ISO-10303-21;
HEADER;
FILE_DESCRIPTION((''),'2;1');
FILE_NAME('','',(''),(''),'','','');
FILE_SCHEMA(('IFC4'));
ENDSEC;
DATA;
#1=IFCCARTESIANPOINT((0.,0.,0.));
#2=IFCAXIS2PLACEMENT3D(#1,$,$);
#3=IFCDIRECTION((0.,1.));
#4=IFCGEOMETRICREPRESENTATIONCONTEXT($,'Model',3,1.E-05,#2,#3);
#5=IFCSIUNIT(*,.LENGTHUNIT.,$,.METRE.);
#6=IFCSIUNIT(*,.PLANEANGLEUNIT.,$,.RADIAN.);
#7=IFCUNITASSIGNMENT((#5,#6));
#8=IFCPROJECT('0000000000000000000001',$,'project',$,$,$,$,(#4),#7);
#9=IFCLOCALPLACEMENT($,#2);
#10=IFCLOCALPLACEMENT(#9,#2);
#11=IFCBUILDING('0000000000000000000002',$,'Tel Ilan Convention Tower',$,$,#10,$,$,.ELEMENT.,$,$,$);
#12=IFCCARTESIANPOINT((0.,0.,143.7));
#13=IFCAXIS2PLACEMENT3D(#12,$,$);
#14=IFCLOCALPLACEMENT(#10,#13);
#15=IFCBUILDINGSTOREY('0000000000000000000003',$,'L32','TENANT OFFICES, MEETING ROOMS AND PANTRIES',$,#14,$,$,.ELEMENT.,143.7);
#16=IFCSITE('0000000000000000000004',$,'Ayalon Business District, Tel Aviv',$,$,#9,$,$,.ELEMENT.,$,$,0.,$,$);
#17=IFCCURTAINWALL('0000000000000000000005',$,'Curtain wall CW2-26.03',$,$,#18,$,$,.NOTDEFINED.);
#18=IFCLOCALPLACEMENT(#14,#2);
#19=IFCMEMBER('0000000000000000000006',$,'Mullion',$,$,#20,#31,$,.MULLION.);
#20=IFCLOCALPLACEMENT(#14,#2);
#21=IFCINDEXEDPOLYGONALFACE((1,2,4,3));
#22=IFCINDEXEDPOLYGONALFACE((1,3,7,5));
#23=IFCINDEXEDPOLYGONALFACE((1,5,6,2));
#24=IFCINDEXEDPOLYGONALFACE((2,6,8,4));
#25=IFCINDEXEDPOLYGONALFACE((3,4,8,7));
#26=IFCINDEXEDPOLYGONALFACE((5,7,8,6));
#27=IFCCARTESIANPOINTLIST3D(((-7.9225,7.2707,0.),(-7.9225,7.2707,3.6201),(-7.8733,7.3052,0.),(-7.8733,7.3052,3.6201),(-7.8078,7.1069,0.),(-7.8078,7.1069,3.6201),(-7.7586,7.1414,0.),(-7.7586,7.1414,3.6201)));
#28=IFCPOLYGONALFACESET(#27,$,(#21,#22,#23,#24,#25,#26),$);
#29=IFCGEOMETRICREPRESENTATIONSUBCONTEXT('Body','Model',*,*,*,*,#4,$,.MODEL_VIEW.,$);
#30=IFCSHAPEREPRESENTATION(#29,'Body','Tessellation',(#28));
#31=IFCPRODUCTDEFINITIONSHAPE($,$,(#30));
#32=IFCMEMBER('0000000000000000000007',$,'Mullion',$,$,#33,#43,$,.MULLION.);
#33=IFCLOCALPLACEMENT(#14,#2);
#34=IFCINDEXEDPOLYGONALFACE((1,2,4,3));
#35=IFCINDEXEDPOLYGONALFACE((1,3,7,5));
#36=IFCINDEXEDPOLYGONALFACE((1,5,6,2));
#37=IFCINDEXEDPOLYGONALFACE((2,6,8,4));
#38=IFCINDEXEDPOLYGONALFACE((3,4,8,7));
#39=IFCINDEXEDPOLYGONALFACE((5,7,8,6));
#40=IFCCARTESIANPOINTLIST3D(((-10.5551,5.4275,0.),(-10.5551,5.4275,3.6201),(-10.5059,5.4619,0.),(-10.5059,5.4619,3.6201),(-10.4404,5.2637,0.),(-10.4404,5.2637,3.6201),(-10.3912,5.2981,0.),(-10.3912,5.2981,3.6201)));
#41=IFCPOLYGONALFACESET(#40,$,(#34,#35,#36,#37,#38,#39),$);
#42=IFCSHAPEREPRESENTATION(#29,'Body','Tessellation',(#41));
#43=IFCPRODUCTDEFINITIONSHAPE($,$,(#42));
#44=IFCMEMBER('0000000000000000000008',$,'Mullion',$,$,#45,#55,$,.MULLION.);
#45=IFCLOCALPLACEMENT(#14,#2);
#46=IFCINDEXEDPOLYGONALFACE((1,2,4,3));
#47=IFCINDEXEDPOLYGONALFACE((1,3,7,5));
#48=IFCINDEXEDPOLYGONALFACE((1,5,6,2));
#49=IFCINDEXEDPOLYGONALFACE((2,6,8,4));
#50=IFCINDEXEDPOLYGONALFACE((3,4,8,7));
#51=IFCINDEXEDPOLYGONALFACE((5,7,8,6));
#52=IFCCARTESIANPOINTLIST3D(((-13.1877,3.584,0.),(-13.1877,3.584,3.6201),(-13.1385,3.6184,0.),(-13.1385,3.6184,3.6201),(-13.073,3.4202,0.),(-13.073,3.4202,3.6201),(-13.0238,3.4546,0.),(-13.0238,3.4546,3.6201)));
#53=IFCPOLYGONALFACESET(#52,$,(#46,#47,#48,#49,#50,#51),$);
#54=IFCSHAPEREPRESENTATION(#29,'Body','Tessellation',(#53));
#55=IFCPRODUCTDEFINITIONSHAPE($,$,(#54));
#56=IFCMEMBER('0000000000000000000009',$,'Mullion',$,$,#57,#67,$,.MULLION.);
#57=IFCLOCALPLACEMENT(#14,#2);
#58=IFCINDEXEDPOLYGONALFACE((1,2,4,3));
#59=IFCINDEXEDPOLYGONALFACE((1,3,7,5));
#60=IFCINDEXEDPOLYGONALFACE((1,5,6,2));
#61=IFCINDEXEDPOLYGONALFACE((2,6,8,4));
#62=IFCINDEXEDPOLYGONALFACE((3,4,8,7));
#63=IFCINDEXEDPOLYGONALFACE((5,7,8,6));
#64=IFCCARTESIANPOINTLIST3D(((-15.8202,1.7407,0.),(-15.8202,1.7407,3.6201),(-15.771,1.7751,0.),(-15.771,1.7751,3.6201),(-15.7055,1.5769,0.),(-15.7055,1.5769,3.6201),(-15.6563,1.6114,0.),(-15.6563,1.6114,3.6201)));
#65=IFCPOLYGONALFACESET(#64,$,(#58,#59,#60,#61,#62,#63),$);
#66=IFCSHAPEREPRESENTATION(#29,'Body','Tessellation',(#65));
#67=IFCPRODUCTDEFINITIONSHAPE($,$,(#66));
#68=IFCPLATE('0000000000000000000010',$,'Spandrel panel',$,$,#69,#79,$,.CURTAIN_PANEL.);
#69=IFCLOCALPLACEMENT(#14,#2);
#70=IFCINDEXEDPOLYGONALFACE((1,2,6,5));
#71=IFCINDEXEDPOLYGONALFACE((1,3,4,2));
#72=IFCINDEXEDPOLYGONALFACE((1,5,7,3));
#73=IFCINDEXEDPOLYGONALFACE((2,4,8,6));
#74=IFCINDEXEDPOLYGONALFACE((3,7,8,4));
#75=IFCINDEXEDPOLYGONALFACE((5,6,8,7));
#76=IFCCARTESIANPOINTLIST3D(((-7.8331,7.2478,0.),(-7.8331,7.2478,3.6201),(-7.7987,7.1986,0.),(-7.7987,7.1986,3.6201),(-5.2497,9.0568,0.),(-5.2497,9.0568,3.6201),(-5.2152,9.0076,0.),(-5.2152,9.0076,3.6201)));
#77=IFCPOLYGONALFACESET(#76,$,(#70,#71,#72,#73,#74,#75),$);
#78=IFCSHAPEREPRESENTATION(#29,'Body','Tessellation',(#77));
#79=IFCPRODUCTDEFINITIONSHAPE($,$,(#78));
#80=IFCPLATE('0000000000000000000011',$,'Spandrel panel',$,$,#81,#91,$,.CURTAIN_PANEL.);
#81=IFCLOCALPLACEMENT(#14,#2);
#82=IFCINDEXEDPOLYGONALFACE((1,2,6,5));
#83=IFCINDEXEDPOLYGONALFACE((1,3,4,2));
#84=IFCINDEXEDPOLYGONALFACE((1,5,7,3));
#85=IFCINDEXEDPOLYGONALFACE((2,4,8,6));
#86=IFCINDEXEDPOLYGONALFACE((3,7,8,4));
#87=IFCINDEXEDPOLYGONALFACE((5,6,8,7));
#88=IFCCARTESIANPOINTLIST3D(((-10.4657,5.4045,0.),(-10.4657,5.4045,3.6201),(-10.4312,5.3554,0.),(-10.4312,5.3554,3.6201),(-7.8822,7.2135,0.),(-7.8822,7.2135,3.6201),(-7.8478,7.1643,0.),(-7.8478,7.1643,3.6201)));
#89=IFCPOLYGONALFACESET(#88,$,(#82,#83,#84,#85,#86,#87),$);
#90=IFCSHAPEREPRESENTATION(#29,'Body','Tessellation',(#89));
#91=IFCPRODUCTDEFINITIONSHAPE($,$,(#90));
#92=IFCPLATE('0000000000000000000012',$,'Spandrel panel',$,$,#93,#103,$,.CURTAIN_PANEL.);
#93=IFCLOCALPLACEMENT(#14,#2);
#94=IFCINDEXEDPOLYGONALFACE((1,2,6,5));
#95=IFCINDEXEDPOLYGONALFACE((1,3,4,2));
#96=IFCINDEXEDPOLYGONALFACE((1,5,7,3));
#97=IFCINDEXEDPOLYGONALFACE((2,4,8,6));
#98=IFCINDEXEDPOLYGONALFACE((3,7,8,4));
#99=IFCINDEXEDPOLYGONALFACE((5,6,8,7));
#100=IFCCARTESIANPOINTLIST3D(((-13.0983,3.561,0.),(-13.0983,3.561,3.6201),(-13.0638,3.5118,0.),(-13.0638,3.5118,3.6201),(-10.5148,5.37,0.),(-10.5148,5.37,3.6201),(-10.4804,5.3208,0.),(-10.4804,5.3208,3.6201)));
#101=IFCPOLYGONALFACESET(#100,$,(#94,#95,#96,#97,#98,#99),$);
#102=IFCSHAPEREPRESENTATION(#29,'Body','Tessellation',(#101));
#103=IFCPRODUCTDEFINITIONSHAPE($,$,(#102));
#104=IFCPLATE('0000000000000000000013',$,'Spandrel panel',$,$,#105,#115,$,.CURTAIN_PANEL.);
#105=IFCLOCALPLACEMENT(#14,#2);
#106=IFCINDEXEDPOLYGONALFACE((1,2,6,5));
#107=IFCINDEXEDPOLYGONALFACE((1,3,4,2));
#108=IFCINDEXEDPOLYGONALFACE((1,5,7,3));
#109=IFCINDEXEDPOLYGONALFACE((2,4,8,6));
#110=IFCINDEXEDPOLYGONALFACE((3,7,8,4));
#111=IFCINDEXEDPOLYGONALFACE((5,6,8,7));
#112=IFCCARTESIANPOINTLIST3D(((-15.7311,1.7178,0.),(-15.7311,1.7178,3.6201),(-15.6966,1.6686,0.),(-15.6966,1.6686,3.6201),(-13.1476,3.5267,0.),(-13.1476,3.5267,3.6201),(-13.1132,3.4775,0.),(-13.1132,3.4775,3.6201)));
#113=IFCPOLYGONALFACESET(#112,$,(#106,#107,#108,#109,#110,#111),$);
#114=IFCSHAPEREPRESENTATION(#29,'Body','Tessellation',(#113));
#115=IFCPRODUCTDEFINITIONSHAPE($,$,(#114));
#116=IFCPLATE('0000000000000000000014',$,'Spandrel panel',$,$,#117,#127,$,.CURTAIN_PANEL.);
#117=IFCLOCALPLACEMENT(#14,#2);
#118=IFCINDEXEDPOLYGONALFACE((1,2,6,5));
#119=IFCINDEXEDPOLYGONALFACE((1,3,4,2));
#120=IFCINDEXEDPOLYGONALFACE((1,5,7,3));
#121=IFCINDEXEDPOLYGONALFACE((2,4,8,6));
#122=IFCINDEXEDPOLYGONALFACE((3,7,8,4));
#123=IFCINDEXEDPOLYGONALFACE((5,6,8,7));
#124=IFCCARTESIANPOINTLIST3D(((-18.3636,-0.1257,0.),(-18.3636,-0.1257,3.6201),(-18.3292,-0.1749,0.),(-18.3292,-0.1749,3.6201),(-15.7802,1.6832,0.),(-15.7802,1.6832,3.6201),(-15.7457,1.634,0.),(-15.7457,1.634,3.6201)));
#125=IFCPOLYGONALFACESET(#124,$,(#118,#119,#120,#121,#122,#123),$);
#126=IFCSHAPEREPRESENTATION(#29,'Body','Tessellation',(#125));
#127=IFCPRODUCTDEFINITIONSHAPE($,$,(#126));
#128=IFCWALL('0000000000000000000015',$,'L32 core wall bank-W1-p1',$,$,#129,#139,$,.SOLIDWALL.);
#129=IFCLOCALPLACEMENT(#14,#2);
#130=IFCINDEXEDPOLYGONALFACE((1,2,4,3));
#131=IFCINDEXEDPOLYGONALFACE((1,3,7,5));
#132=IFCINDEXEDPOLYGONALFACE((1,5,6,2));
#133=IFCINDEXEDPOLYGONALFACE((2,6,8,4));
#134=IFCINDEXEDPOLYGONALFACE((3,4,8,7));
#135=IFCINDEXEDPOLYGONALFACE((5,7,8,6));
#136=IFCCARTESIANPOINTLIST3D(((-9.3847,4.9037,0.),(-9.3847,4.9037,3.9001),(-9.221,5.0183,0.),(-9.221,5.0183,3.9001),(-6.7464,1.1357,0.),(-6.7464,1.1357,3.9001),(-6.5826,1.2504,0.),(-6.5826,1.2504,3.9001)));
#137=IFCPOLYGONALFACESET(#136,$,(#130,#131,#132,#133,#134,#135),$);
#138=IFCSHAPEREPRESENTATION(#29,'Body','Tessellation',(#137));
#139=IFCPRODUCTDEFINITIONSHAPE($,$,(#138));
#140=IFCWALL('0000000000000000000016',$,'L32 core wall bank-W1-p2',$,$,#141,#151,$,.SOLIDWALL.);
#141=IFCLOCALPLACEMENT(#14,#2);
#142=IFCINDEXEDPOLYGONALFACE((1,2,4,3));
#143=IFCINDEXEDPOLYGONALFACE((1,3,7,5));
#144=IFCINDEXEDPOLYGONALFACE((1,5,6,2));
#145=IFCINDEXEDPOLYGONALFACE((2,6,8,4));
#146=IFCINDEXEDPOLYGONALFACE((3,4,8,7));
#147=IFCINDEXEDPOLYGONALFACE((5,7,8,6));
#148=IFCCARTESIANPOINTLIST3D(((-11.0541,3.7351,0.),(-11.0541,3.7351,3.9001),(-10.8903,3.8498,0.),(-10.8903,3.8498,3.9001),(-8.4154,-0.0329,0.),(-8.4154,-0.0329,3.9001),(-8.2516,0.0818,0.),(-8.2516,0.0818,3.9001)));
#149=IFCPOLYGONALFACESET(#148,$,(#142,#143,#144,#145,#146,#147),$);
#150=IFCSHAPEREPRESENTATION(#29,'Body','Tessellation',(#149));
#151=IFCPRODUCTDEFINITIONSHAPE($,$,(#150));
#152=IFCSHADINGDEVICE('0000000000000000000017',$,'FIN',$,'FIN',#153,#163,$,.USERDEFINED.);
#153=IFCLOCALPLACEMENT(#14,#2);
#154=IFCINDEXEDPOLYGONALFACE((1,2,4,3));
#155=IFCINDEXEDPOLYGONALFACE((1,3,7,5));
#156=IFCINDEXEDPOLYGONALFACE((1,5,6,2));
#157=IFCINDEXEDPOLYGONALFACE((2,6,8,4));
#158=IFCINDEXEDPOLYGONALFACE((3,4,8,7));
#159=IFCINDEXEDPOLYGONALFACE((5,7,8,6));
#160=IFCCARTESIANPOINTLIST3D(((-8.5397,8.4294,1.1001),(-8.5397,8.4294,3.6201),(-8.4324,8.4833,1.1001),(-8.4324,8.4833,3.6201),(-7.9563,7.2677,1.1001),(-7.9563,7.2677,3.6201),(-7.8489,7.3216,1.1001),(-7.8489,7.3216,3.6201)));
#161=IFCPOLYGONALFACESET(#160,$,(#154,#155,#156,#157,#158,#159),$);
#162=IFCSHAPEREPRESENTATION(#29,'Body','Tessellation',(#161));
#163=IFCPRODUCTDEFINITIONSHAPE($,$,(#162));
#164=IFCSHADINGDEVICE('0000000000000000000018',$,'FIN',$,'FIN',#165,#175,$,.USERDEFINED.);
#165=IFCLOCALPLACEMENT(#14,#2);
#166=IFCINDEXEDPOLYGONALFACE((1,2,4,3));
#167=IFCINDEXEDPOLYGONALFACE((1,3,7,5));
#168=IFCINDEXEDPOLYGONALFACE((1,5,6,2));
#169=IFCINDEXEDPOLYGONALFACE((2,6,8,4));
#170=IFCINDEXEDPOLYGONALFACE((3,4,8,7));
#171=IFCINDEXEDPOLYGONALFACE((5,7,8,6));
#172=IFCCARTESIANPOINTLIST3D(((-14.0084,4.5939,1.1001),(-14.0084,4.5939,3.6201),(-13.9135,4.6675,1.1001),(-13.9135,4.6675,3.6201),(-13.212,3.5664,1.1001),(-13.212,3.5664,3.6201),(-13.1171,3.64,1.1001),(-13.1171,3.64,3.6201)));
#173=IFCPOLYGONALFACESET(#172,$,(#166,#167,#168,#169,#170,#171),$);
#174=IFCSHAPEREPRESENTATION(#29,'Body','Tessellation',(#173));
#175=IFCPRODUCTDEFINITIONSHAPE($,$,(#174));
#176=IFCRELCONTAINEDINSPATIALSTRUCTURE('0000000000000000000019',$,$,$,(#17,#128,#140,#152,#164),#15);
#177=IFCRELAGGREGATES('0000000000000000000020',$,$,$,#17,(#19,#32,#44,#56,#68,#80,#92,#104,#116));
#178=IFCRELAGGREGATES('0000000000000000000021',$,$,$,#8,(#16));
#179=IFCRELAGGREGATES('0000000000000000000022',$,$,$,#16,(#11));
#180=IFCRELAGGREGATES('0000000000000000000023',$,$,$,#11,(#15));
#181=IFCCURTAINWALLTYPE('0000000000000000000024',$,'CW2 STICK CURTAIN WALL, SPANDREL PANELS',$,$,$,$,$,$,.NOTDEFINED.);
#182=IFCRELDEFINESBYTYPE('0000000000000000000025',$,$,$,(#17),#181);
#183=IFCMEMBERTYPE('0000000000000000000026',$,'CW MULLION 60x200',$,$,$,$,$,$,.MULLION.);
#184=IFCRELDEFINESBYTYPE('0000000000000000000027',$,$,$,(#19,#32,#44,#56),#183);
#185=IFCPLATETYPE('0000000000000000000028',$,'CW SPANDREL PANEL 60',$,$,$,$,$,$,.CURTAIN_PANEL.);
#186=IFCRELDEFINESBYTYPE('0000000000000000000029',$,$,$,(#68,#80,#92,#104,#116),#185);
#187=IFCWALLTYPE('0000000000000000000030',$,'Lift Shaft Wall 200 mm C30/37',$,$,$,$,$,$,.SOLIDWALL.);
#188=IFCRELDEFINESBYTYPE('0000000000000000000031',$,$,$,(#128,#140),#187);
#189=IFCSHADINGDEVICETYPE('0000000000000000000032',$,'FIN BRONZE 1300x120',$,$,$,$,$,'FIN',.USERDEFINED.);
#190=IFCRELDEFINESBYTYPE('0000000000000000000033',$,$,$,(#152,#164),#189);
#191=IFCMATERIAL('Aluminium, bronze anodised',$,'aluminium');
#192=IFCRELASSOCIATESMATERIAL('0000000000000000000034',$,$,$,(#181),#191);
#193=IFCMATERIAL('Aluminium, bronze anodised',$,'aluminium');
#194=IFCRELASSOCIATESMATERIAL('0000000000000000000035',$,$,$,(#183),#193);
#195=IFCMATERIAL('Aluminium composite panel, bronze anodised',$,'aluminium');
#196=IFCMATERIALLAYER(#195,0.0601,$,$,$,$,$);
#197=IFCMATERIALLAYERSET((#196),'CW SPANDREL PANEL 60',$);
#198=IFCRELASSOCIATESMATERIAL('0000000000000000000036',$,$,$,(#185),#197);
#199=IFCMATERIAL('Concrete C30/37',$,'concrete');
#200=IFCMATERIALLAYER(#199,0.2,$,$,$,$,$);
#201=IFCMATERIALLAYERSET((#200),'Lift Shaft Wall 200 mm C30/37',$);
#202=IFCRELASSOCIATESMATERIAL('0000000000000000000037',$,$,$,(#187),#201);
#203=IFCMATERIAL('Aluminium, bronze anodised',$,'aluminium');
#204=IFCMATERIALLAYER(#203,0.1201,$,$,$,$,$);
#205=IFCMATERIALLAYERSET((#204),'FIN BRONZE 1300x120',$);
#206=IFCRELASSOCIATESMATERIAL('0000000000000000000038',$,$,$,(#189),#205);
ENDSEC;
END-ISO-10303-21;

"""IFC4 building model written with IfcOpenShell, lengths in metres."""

from ifc_helpers import new_model, si_unit, direction, frame, frame_2d, origin, origin_2d, place, context, subcontext, project, spatial, rectangle, extrude, material, layer, layer_set, material_profile, profile_set, type_object, element, aggregate, save


model = new_model("IFC4")

# Units and contexts
model_context = context("Model", 3, precision=1e-05, world=origin(), true_north=direction((0.0, 1.0)))
body_context = subcontext(model_context, "Body", "Model", "MODEL_VIEW")
ifc_project = project(units=[si_unit("LENGTHUNIT", "METRE"), si_unit("PLANEANGLEUNIT", "RADIAN")], contexts=[model_context])

# Site, building, storey
site_placement = place(None, origin())
site = spatial("IfcSite", under=ifc_project, at=site_placement, Name="Ayalon Business District, Tel Aviv", CompositionType="ELEMENT", RefElevation=0.0)
building_placement = place(site_placement, origin())
building = spatial("IfcBuilding", under=site, at=building_placement, Name="Tel Ilan Convention Tower", CompositionType="ELEMENT")
storey_placement = place(building_placement, frame((0.0, 0.0, 143.7)))
storey = spatial("IfcBuildingStorey", under=building, at=storey_placement, Name="L32", Description="TENANT OFFICES, MEETING ROOMS AND PANTRIES", CompositionType="ELEMENT", Elevation=143.7)

# Curtain wall, members, plates
ifc_material_1 = material(Name="Aluminium, bronze anodised", Category="aluminium")
curtain_wall_type = type_object("IfcCurtainWallType", Name="CW2 STICK CURTAIN WALL, SPANDREL PANELS", PredefinedType="NOTDEFINED", material=ifc_material_1)
curtain_wall_placement = place(storey_placement, origin())
curtain_wall = element("IfcCurtainWall", 1, at=curtain_wall_placement, inside=storey, type_object=curtain_wall_type, Name="Curtain wall CW2-26.03", PredefinedType="NOTDEFINED")
ifc_material_2 = material(Name="Aluminium, bronze anodised", Category="aluminium")
ifc_material_profile = material_profile(ifc_material_2, rectangle(XDim=0.0601, YDim=0.2, at=origin_2d()), Name="CW MULLION 60x200")
ifc_profile_set = profile_set([ifc_material_profile], Name="Aluminium, bronze anodised")
member_type = type_object("IfcMemberType", Name="CW MULLION 60x200", PredefinedType="MULLION", material=ifc_profile_set)
member_1_placement = place(storey_placement, frame((-7.8406, 7.2061, 0.0), z_axis=(0.0, 0.0, 1.0), x_axis=(-0.819152, -0.573576, 0.0)))
member_1 = element("IfcMember", 2, at=member_1_placement, type_object=member_type, Name="Mullion", PredefinedType="MULLION", context=body_context, shape_type="SweptSolid", body=[
    extrude(rectangle(XDim=0.0601, YDim=0.2, at=origin_2d()), origin(), (0.0, 0.0, 1.0), 3.6201),
])
member_2_placement = place(storey_placement, frame((-10.4731, 5.3628, 0.0), z_axis=(0.0, 0.0, 1.0), x_axis=(-0.819152, -0.573576, 0.0)))
member_2 = element("IfcMember", 3, at=member_2_placement, type_object=member_type, Name="Mullion", PredefinedType="MULLION", context=body_context, shape_type="SweptSolid", body=[
    extrude(rectangle(XDim=0.0601, YDim=0.2, at=origin_2d()), origin(), (0.0, 0.0, 1.0), 3.6201),
])
member_3_placement = place(storey_placement, frame((-13.1057, 3.5193, 0.0), z_axis=(0.0, 0.0, 1.0), x_axis=(-0.819152, -0.573576, 0.0)))
member_3 = element("IfcMember", 4, at=member_3_placement, type_object=member_type, Name="Mullion", PredefinedType="MULLION", context=body_context, shape_type="SweptSolid", body=[
    extrude(rectangle(XDim=0.0601, YDim=0.2, at=origin_2d()), origin(), (0.0, 0.0, 1.0), 3.6201),
])
member_4_placement = place(storey_placement, frame((-15.7383, 1.676, 0.0), z_axis=(0.0, 0.0, 1.0), x_axis=(-0.819152, -0.573576, 0.0)))
member_4 = element("IfcMember", 5, at=member_4_placement, type_object=member_type, Name="Mullion", PredefinedType="MULLION", context=body_context, shape_type="SweptSolid", body=[
    extrude(rectangle(XDim=0.0601, YDim=0.2, at=origin_2d()), origin(), (0.0, 0.0, 1.0), 3.6201),
])
ifc_material_3 = material(Name="Aluminium composite panel, bronze anodised", Category="aluminium")
ifc_layer_1 = layer(ifc_material_3, 0.0601)
ifc_layer_set_1 = layer_set([ifc_layer_1], Name="CW SPANDREL PANEL 60")
plate_type = type_object("IfcPlateType", Name="CW SPANDREL PANEL 60", PredefinedType="CURTAIN_PANEL", material=ifc_layer_set_1)
plate_1_placement = place(storey_placement, frame((-6.5242, 8.1277, 0.0), z_axis=(0.0, 0.0, 1.0), x_axis=(-0.819152, -0.573576, 0.0)))
plate_1 = element("IfcPlate", 6, at=plate_1_placement, type_object=plate_type, Name="Spandrel panel", PredefinedType="CURTAIN_PANEL", context=body_context, shape_type="SweptSolid", body=[
    extrude(rectangle(XDim=3.1538, YDim=0.0601, at=origin_2d()), origin(), (0.0, 0.0, 1.0), 3.6201),
])
plate_2_placement = place(storey_placement, frame((-9.1567, 6.2844, 0.0), z_axis=(0.0, 0.0, 1.0), x_axis=(-0.819152, -0.573576, 0.0)))
plate_2 = element("IfcPlate", 7, at=plate_2_placement, type_object=plate_type, Name="Spandrel panel", PredefinedType="CURTAIN_PANEL", context=body_context, shape_type="SweptSolid", body=[
    extrude(rectangle(XDim=3.1538, YDim=0.0601, at=origin_2d()), origin(), (0.0, 0.0, 1.0), 3.6201),
])
plate_3_placement = place(storey_placement, frame((-11.7893, 4.4409, 0.0), z_axis=(0.0, 0.0, 1.0), x_axis=(-0.819152, -0.573576, 0.0)))
plate_3 = element("IfcPlate", 8, at=plate_3_placement, type_object=plate_type, Name="Spandrel panel", PredefinedType="CURTAIN_PANEL", context=body_context, shape_type="SweptSolid", body=[
    extrude(rectangle(XDim=3.1538, YDim=0.0601, at=origin_2d()), origin(), (0.0, 0.0, 1.0), 3.6201),
])
plate_4_placement = place(storey_placement, frame((-14.4221, 2.5977, 0.0), z_axis=(0.0, 0.0, 1.0), x_axis=(-0.819152, -0.573576, 0.0)))
plate_4 = element("IfcPlate", 9, at=plate_4_placement, type_object=plate_type, Name="Spandrel panel", PredefinedType="CURTAIN_PANEL", context=body_context, shape_type="SweptSolid", body=[
    extrude(rectangle(XDim=3.1538, YDim=0.0601, at=origin_2d()), origin(), (0.0, 0.0, 1.0), 3.6201),
])
plate_5_placement = place(storey_placement, frame((-17.0547, 0.7542, 0.0), z_axis=(0.0, 0.0, 1.0), x_axis=(-0.819152, -0.573576, 0.0)))
plate_5 = element("IfcPlate", 10, at=plate_5_placement, type_object=plate_type, Name="Spandrel panel", PredefinedType="CURTAIN_PANEL", context=body_context, shape_type="SweptSolid", body=[
    extrude(rectangle(XDim=3.1538, YDim=0.0601, at=origin_2d()), origin(), (0.0, 0.0, 1.0), 3.6201),
])
aggregate(curtain_wall, [member_1, member_2, member_3, member_4, plate_1, plate_2, plate_3, plate_4, plate_5])

# Walls
ifc_material_4 = material(Name="Concrete C30/37", Category="concrete")
ifc_layer_2 = layer(ifc_material_4, 0.2)
ifc_layer_set_2 = layer_set([ifc_layer_2], Name="Lift Shaft Wall 200 mm C30/37")
wall_type = type_object("IfcWallType", Name="Lift Shaft Wall 200 mm C30/37", PredefinedType="SOLIDWALL", material=ifc_layer_set_2)
wall_1_placement = place(storey_placement, frame((-6.6646, 1.1931, 0.0), z_axis=(0.0, 0.0, 1.0), x_axis=(-0.573576, 0.819152, 0.0)))
element("IfcWall", 11, at=wall_1_placement, inside=storey, type_object=wall_type, Name="L32 core wall bank-W1-p1", PredefinedType="SOLIDWALL", context=body_context, shape_type="SweptSolid", body=[
    extrude(rectangle(XDim=4.5999, YDim=0.2, at=frame_2d((2.2998, 0.0))), origin(), (0.0, 0.0, 1.0), 3.9001),
])
wall_2_placement = place(storey_placement, frame((-8.3335, 0.0244, 0.0), z_axis=(0.0, 0.0, 1.0), x_axis=(-0.573612, 0.819127, 0.0)))
element("IfcWall", 12, at=wall_2_placement, inside=storey, type_object=wall_type, Name="L32 core wall bank-W1-p2", PredefinedType="SOLIDWALL", context=body_context, shape_type="SweptSolid", body=[
    extrude(rectangle(XDim=4.6001, YDim=0.2, at=frame_2d((2.3, 0.0))), origin(), (0.0, 0.0, 1.0), 3.9001),
])

# Shading devices
ifc_material_5 = material(Name="Aluminium, bronze anodised", Category="aluminium")
ifc_layer_3 = layer(ifc_material_5, 0.1201)
ifc_layer_set_3 = layer_set([ifc_layer_3], Name="FIN BRONZE 1300x120")
shading_device_type = type_object("IfcShadingDeviceType", Name="FIN BRONZE 1300x120", ElementType="FIN", PredefinedType="USERDEFINED", material=ifc_layer_set_3)
for number, where, z_axis, x_axis, name in (
    (13, (-8.1943, 7.8755, 1.1001), (0.0, 0.0, 1.0), (-0.448799, 0.893633, 0.0), "FIN"),
    (14, (-13.5627, 4.1169, 1.1001), (0.0, 0.0, 1.0), (-0.612601, 0.790393, 0.0), "FIN"),
):
    element("IfcShadingDevice", number, at=place(storey_placement, frame(where, z_axis=z_axis, x_axis=x_axis)), inside=storey, type_object=shading_device_type, Name=name, ObjectType="FIN", PredefinedType="USERDEFINED", context=body_context, shape_type="SweptSolid", body=[
        extrude(rectangle(XDim=1.3, YDim=0.1201, at=origin_2d()), origin(), (0.0, 0.0, 1.0), 2.52),
    ])

save(model, "model.ifc")
